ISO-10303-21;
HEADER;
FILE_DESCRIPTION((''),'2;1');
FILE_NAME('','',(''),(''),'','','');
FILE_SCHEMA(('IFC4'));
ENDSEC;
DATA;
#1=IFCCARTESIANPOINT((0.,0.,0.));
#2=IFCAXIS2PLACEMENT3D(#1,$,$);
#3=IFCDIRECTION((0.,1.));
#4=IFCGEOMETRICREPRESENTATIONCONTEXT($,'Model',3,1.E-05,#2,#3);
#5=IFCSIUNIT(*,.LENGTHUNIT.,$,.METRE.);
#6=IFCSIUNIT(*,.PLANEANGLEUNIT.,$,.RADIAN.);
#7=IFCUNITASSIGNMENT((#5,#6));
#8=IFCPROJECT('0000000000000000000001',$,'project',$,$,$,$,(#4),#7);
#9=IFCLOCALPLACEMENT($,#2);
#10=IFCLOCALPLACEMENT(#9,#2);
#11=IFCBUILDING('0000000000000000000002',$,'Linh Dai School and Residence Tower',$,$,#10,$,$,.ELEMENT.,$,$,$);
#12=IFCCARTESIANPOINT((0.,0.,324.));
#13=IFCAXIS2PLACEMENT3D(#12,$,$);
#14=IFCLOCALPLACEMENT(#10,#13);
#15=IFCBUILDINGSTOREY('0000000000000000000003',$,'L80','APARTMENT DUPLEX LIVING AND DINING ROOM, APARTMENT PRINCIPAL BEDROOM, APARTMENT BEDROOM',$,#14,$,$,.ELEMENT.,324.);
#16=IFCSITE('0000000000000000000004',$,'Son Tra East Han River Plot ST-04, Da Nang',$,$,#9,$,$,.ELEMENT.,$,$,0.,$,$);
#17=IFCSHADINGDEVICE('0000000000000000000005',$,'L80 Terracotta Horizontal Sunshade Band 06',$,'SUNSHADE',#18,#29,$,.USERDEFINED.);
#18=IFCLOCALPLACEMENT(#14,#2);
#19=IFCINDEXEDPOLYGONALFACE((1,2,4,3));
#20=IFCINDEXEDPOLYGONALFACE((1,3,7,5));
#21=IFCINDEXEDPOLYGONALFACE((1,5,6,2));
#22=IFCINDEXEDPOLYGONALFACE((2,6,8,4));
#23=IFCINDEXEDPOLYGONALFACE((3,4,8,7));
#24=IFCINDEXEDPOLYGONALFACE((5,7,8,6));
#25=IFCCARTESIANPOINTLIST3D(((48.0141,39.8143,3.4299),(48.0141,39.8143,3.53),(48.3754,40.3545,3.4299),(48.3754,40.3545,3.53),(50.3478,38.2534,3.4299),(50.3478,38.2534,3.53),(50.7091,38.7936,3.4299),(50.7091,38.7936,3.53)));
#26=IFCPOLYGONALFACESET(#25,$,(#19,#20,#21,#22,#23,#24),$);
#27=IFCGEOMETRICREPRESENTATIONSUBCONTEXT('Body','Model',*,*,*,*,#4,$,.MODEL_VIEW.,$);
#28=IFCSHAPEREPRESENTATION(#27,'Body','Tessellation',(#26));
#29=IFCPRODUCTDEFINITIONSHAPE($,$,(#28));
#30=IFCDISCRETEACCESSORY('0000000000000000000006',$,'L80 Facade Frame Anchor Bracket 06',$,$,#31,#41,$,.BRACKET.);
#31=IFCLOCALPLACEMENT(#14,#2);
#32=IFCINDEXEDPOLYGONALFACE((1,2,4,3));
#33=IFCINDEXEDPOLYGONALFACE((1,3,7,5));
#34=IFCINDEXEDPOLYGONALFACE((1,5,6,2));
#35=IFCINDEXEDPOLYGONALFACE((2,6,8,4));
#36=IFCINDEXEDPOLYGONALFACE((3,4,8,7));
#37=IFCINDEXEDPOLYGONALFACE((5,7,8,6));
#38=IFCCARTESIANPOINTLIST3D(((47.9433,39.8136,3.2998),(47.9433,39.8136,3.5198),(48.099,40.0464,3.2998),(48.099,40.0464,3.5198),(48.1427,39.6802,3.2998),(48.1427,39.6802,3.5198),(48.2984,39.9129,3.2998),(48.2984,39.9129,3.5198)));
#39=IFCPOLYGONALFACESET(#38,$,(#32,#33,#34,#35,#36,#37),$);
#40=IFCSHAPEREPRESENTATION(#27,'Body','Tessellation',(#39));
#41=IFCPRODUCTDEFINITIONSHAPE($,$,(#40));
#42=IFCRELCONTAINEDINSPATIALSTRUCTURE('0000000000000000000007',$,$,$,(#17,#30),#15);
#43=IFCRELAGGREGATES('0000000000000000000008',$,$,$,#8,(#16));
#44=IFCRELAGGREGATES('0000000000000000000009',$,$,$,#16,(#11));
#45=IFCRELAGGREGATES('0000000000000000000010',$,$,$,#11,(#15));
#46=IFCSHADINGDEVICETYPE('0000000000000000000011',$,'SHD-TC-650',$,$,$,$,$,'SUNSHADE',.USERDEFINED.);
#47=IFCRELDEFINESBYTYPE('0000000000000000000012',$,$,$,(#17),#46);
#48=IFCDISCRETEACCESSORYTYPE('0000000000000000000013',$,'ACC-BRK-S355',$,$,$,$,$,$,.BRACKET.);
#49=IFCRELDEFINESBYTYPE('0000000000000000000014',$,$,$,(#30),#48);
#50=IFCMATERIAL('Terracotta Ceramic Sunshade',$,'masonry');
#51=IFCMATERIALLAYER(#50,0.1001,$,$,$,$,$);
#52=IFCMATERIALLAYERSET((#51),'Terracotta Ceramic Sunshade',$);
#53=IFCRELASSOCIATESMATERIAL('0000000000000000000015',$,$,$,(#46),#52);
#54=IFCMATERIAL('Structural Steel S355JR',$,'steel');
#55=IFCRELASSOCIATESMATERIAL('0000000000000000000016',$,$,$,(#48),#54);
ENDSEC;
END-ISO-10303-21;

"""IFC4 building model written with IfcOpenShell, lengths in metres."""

from ifc_helpers import new_model, si_unit, direction, frame, origin, origin_2d, place, context, subcontext, project, spatial, rectangle, extrude, source, transform, mapped, material, layer, layer_set, type_object, element, save


model = new_model("IFC4")

# Units and contexts
model_context = context("Model", 3, precision=1e-05, world=origin(), true_north=direction((0.0, 1.0)))
body_context = subcontext(model_context, "Body", "Model", "MODEL_VIEW")
ifc_project = project(units=[si_unit("LENGTHUNIT", "METRE"), si_unit("PLANEANGLEUNIT", "RADIAN")], contexts=[model_context])

# Site, building, storey
site_placement = place(None, origin())
site = spatial("IfcSite", under=ifc_project, at=site_placement, Name="Son Tra East Han River Plot ST-04, Da Nang", CompositionType="ELEMENT", RefElevation=0.0)
building_placement = place(site_placement, origin())
building = spatial("IfcBuilding", under=site, at=building_placement, Name="Linh Dai School and Residence Tower", CompositionType="ELEMENT")
storey_placement = place(building_placement, frame((0.0, 0.0, 324.0)))
storey = spatial("IfcBuildingStorey", under=building, at=storey_placement, Name="L80", Description="APARTMENT DUPLEX LIVING AND DINING ROOM, APARTMENT PRINCIPAL BEDROOM, APARTMENT BEDROOM", CompositionType="ELEMENT", Elevation=324.0)

# Shared definitions
ifc_material_1 = material(Name="Structural Steel S355JR", Category="steel")

# Shading device
ifc_material_2 = material(Name="Terracotta Ceramic Sunshade", Category="masonry")
ifc_layer_1 = layer(ifc_material_2, 0.1001)
ifc_layer_set_1 = layer_set([ifc_layer_1], Name="Terracotta Ceramic Sunshade")
shading_device_type = type_object("IfcShadingDeviceType", Name="SHD-TC-650", ElementType="SUNSHADE", PredefinedType="USERDEFINED", material=ifc_layer_set_1)
shared_shape_1 = source(origin(), body_context, "Body", "SweptSolid", [
    extrude(rectangle(XDim=2.8076, YDim=0.6499, at=origin_2d()), origin(), (0.0, 0.0, 1.0), 0.1001),
])
shading_device_placement = place(storey_placement, frame((49.3616, 39.304, 3.4299), z_axis=(0.0, 0.0, 1.0), x_axis=(0.831202, -0.555971, 0.0)))
element("IfcShadingDevice", 1, at=shading_device_placement, inside=storey, type_object=shading_device_type, Name="L80 Terracotta Horizontal Sunshade Band 06", ObjectType="SUNSHADE", PredefinedType="USERDEFINED", context=body_context, shape_type="MappedRepresentation", body=[
    mapped(shared_shape_1, transform((0.0, 0.0, 0.0), x_axis=(1.0, 0.0, 0.0), y_axis=(0.0, 1.0, 0.0), z_axis=(0.0, 0.0, 1.0), scale=1.0)),
])

# Discrete accessory
discrete_accessory_type = type_object("IfcDiscreteAccessoryType", Name="ACC-BRK-S355", PredefinedType="BRACKET", material=ifc_material_1)
shared_shape_2 = source(origin(), body_context, "Body", "SweptSolid", [
    extrude(rectangle(XDim=0.28, YDim=0.24, at=origin_2d()), origin(), (0.0, 0.0, 1.0), 0.22),
])
discrete_accessory_placement = place(storey_placement, frame((48.1208, 39.8633, 3.2998), z_axis=(0.0, 0.0, 1.0), x_axis=(0.555971, 0.831202, 0.0)))
element("IfcDiscreteAccessory", 2, at=discrete_accessory_placement, inside=storey, type_object=discrete_accessory_type, Name="L80 Facade Frame Anchor Bracket 06", PredefinedType="BRACKET", context=body_context, shape_type="MappedRepresentation", body=[
    mapped(shared_shape_2, transform((0.0, 0.0, 0.0), x_axis=(1.0, 0.0, 0.0), y_axis=(0.0, 1.0, 0.0), z_axis=(0.0, 0.0, 1.0), scale=1.0)),
])

save(model, "model.ifc")
